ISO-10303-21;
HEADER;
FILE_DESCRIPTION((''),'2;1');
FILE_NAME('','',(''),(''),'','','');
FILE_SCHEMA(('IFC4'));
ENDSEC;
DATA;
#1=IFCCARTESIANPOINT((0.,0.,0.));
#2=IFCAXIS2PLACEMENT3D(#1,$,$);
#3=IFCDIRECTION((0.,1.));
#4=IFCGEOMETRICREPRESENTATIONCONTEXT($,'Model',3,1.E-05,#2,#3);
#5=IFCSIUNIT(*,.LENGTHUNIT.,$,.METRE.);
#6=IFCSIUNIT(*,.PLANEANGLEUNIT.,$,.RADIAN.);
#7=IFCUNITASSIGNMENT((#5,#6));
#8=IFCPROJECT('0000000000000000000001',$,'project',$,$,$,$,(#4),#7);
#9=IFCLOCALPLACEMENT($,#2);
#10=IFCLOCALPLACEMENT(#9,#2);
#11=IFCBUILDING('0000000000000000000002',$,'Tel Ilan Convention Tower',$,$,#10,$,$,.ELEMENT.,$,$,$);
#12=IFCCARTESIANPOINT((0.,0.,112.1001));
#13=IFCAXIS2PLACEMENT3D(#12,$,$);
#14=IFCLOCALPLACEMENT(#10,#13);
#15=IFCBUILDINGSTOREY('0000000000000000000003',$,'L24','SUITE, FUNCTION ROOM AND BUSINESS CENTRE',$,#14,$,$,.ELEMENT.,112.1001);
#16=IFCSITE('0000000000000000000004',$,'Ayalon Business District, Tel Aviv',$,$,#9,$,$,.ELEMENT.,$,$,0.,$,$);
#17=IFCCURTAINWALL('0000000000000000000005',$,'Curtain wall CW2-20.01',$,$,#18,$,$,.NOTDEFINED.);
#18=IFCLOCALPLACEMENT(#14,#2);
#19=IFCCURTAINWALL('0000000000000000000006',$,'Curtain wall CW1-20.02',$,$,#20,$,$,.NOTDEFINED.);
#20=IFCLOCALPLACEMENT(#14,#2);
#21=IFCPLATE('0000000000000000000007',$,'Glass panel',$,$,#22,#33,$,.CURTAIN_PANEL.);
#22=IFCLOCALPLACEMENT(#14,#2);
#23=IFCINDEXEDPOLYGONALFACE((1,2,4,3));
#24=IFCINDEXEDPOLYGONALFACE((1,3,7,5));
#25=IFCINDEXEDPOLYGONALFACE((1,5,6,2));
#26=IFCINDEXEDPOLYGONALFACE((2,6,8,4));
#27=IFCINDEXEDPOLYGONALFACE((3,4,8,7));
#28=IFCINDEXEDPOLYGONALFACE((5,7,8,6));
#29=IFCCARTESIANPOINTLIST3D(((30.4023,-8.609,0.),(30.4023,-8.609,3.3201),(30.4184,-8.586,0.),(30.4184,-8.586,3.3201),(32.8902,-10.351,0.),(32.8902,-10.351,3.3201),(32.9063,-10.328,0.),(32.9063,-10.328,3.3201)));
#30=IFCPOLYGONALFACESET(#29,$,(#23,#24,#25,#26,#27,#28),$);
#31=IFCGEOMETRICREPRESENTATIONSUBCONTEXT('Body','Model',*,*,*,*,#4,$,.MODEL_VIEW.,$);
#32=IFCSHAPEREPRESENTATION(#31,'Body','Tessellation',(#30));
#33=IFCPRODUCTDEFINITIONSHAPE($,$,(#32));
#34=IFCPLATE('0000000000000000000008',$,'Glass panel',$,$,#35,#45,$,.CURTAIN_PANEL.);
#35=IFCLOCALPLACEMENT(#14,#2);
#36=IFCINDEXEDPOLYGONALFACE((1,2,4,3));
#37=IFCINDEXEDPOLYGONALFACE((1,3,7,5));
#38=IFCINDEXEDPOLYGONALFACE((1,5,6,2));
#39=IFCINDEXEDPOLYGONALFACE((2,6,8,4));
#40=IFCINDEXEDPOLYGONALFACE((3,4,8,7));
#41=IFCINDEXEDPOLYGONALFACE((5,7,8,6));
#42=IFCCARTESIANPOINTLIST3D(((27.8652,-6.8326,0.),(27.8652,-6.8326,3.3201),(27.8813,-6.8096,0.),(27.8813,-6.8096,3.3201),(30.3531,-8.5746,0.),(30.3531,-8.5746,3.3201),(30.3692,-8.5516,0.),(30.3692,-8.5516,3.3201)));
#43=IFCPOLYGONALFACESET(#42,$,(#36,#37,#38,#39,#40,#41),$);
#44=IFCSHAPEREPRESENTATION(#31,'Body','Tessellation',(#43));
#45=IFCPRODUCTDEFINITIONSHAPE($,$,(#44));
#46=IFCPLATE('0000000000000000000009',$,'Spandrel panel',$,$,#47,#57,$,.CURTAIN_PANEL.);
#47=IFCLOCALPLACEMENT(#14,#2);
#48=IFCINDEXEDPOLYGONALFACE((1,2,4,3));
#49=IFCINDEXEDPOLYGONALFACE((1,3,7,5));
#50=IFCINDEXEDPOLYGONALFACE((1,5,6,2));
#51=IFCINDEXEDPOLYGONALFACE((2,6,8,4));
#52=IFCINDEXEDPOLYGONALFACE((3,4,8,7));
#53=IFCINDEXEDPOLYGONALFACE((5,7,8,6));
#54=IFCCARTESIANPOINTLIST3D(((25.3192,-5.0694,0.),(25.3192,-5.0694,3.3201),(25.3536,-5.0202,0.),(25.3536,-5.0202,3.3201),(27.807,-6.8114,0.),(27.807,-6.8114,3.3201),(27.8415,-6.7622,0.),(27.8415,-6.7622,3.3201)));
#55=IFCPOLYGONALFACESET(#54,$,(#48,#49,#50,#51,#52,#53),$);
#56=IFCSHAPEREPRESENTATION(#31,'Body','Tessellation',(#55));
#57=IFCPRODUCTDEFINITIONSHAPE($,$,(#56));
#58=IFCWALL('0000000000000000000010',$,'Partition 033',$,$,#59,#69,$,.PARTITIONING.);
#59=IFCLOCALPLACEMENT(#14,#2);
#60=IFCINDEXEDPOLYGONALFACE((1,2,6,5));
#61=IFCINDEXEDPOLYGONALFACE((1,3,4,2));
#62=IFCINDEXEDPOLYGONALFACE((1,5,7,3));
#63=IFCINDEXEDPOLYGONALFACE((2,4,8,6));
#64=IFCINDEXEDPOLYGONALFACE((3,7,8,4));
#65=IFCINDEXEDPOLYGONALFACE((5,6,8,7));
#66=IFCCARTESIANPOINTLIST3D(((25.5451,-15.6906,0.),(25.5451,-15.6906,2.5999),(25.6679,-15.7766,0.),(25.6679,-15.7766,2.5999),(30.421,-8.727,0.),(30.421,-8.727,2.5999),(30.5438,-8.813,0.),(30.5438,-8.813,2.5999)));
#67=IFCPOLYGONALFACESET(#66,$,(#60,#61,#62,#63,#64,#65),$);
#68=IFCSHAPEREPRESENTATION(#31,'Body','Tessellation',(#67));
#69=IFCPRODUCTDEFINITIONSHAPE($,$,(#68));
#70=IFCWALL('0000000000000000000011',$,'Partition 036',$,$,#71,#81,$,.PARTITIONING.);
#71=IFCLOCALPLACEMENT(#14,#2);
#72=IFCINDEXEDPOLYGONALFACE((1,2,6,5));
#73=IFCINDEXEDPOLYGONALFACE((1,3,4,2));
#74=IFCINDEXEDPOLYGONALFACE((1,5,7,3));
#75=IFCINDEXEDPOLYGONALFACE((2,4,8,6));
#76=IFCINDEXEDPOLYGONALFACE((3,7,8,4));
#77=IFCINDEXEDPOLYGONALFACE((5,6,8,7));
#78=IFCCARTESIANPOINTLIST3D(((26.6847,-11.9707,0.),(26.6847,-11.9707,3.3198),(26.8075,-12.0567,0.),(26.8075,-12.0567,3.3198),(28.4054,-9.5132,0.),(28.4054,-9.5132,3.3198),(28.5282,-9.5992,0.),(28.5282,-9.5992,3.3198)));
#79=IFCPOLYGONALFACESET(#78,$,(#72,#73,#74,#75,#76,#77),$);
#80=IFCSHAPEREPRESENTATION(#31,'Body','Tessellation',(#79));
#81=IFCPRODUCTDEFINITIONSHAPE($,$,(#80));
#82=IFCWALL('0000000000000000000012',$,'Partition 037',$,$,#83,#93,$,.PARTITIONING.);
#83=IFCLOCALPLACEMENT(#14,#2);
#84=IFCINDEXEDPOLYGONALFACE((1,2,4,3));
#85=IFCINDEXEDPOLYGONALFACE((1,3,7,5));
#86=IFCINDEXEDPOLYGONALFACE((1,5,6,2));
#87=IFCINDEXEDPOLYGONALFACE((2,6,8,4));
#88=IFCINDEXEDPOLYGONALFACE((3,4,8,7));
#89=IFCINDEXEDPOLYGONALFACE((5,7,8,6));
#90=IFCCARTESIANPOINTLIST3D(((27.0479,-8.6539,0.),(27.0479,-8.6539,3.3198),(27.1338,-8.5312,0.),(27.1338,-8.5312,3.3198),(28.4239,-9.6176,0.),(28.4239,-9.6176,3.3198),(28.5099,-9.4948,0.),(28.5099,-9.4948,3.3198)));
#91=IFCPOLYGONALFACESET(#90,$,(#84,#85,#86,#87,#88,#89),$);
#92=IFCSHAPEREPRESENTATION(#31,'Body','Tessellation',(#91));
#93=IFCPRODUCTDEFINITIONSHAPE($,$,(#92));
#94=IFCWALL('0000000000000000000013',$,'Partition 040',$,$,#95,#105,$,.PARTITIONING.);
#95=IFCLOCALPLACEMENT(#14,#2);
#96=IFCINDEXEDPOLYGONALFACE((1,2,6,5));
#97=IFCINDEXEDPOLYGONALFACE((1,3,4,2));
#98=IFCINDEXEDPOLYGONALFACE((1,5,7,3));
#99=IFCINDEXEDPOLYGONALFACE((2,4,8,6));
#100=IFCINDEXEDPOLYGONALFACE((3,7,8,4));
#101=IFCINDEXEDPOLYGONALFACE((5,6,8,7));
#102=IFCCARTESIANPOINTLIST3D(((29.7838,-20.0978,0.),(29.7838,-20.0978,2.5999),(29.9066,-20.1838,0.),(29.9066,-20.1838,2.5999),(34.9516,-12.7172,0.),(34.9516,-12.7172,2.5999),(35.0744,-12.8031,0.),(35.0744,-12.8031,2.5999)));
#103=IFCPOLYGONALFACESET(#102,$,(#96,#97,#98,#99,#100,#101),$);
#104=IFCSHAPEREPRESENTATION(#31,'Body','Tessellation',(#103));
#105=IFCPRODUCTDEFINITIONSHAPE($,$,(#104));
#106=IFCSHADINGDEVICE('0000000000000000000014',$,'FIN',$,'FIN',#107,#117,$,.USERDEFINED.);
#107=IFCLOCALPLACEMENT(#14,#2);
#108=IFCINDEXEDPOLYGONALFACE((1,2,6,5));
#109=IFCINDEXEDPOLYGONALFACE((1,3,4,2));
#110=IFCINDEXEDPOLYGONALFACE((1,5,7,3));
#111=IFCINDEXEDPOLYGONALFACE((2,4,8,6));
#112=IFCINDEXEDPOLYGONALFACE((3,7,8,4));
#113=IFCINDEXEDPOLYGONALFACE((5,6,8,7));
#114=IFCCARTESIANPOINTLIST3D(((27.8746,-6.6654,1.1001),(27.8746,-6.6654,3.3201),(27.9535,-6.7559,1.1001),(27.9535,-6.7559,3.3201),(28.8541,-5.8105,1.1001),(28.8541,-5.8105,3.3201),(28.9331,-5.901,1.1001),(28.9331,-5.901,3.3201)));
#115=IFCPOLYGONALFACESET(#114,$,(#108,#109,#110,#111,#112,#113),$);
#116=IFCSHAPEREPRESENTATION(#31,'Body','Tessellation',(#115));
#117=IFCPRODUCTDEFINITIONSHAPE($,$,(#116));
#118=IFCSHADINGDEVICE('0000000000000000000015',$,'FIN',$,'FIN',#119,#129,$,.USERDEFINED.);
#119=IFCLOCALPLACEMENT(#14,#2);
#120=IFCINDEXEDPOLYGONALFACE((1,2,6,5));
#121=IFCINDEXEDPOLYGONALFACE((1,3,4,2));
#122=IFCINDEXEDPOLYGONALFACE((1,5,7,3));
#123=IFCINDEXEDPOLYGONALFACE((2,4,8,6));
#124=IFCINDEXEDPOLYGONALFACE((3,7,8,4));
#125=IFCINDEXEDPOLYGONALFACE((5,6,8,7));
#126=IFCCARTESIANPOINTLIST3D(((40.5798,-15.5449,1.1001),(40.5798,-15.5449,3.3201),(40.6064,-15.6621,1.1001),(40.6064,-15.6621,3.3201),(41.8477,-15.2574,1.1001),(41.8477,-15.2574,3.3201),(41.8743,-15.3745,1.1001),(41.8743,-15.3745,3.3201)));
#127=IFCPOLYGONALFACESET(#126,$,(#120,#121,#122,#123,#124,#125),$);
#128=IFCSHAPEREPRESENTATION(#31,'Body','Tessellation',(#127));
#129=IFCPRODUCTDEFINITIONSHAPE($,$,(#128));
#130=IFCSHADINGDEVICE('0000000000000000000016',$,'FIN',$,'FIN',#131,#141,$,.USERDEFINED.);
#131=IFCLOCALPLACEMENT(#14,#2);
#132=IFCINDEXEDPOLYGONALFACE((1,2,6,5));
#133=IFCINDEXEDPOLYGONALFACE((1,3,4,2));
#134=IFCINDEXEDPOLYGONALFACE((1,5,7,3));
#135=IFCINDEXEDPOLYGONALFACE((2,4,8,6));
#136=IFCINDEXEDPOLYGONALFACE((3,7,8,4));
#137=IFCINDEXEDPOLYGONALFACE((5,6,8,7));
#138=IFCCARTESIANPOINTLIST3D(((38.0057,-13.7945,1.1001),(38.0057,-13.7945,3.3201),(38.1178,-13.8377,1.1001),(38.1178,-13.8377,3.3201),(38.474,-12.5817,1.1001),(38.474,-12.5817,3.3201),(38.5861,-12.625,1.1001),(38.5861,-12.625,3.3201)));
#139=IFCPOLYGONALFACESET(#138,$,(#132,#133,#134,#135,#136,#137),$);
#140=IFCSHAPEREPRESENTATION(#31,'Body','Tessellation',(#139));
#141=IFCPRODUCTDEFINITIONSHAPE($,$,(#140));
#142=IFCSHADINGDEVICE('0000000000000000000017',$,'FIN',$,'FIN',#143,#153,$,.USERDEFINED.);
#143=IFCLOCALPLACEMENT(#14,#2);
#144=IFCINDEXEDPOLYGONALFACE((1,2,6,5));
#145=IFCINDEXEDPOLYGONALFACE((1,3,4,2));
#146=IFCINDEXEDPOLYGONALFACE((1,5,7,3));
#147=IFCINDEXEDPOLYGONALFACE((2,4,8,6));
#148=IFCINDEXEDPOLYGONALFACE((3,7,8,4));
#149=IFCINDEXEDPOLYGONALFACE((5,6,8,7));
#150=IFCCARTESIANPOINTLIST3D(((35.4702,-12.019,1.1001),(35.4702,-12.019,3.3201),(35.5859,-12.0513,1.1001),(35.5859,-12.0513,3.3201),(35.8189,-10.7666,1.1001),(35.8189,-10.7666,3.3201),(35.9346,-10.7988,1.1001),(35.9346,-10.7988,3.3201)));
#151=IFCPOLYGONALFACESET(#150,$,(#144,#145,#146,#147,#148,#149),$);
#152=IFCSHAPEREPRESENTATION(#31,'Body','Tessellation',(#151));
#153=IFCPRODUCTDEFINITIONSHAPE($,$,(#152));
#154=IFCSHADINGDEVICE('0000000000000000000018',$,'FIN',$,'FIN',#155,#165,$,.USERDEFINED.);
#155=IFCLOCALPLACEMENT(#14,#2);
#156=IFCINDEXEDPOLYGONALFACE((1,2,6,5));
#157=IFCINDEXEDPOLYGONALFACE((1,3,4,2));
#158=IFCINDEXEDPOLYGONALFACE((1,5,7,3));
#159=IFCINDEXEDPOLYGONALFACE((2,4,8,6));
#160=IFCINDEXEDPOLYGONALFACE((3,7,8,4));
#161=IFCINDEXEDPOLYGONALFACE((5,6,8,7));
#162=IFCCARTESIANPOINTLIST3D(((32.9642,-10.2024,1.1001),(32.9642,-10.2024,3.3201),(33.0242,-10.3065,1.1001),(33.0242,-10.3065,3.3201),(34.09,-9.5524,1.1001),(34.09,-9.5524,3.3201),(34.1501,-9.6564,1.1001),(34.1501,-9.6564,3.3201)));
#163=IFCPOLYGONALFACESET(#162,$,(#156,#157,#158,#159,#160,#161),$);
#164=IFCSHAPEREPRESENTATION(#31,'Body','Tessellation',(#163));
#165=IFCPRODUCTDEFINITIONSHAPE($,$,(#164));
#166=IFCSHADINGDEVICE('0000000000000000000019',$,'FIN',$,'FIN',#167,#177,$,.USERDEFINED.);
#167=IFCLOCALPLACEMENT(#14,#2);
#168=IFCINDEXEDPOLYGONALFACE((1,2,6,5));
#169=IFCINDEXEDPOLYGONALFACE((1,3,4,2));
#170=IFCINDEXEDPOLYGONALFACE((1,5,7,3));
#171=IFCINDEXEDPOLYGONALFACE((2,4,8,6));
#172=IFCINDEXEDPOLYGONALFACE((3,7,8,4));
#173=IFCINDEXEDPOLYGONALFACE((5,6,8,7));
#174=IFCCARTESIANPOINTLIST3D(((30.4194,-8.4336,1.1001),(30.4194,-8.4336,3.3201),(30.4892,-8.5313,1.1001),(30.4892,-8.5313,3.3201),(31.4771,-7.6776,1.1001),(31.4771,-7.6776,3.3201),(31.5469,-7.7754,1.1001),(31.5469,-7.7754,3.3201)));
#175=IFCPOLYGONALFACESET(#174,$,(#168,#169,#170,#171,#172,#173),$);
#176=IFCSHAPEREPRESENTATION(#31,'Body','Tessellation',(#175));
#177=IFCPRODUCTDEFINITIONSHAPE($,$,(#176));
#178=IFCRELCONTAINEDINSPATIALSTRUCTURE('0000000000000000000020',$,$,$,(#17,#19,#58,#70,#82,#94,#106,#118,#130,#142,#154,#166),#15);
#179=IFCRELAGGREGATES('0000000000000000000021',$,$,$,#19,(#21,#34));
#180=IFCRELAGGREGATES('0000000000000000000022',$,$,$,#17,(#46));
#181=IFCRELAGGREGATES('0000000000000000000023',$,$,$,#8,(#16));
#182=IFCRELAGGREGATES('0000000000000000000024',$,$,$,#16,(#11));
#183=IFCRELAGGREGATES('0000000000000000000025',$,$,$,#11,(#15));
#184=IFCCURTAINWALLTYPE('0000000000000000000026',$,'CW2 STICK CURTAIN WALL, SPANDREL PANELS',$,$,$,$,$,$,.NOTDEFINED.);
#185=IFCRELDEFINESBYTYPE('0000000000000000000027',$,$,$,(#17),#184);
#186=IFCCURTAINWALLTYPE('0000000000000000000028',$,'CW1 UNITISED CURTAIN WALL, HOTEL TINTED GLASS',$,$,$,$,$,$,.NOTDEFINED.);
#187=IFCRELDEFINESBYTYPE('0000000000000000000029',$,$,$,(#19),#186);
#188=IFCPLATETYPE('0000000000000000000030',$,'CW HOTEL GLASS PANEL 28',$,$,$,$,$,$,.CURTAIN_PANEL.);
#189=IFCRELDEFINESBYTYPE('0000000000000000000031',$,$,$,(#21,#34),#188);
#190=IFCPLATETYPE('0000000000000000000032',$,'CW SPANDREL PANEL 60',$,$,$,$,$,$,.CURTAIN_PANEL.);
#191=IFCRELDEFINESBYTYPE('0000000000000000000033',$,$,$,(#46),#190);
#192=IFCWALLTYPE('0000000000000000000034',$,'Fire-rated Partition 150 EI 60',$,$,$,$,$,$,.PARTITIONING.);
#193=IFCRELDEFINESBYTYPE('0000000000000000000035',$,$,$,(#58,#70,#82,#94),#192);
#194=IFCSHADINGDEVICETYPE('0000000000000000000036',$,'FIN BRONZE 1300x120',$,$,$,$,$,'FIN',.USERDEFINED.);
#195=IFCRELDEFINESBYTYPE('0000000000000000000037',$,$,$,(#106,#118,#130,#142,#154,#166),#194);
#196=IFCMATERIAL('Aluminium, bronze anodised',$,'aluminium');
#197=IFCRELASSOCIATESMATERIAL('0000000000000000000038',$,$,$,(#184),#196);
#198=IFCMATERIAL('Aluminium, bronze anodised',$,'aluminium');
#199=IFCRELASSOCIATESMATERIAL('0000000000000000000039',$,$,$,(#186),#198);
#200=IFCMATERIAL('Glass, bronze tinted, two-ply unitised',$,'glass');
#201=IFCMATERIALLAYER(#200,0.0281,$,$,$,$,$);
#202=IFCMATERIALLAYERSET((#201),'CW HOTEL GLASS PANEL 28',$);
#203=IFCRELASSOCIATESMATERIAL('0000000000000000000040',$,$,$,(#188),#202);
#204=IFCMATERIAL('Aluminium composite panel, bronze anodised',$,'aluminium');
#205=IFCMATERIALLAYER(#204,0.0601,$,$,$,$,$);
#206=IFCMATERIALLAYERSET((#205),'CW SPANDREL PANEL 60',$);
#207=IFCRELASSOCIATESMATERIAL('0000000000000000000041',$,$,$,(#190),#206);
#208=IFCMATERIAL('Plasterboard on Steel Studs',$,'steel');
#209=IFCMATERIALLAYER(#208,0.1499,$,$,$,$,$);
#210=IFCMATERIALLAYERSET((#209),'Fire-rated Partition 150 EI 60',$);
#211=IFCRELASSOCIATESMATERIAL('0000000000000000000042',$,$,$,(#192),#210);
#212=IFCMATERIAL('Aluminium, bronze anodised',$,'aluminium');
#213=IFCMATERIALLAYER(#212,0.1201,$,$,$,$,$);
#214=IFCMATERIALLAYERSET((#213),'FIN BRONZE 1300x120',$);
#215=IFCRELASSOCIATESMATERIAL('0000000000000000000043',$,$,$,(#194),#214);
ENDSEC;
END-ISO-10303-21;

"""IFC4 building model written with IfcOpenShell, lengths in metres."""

from ifc_helpers import new_model, si_unit, direction, frame, frame_2d, origin, origin_2d, place, context, subcontext, project, spatial, rectangle, extrude, material, layer, layer_set, type_object, element, aggregate, save


model = new_model("IFC4")

# Units and contexts
model_context = context("Model", 3, precision=1e-05, world=origin(), true_north=direction((0.0, 1.0)))
body_context = subcontext(model_context, "Body", "Model", "MODEL_VIEW")
ifc_project = project(units=[si_unit("LENGTHUNIT", "METRE"), si_unit("PLANEANGLEUNIT", "RADIAN")], contexts=[model_context])

# Site, building, storey
site_placement = place(None, origin())
site = spatial("IfcSite", under=ifc_project, at=site_placement, Name="Ayalon Business District, Tel Aviv", CompositionType="ELEMENT", RefElevation=0.0)
building_placement = place(site_placement, origin())
building = spatial("IfcBuilding", under=site, at=building_placement, Name="Tel Ilan Convention Tower", CompositionType="ELEMENT")
storey_placement = place(building_placement, frame((0.0, 0.0, 112.1001)))
storey = spatial("IfcBuildingStorey", under=building, at=storey_placement, Name="L24", Description="SUITE, FUNCTION ROOM AND BUSINESS CENTRE", CompositionType="ELEMENT", Elevation=112.1001)

# Curtain walls
ifc_material_1 = material(Name="Aluminium, bronze anodised", Category="aluminium")
curtain_wall_type_1 = type_object("IfcCurtainWallType", Name="CW2 STICK CURTAIN WALL, SPANDREL PANELS", PredefinedType="NOTDEFINED", material=ifc_material_1)
curtain_wall_1_placement = place(storey_placement, origin())
curtain_wall_1 = element("IfcCurtainWall", 1, at=curtain_wall_1_placement, inside=storey, type_object=curtain_wall_type_1, Name="Curtain wall CW2-20.01", PredefinedType="NOTDEFINED")
ifc_material_2 = material(Name="Aluminium, bronze anodised", Category="aluminium")
curtain_wall_type_2 = type_object("IfcCurtainWallType", Name="CW1 UNITISED CURTAIN WALL, HOTEL TINTED GLASS", PredefinedType="NOTDEFINED", material=ifc_material_2)
curtain_wall_2_placement = place(storey_placement, origin())
curtain_wall_2 = element("IfcCurtainWall", 2, at=curtain_wall_2_placement, inside=storey, type_object=curtain_wall_type_2, Name="Curtain wall CW1-20.02", PredefinedType="NOTDEFINED")

# Plates
ifc_material_3 = material(Name="Glass, bronze tinted, two-ply unitised", Category="glass")
ifc_layer_1 = layer(ifc_material_3, 0.0281)
ifc_layer_set_1 = layer_set([ifc_layer_1], Name="CW HOTEL GLASS PANEL 28")
plate_type_1 = type_object("IfcPlateType", Name="CW HOTEL GLASS PANEL 28", PredefinedType="CURTAIN_PANEL", material=ifc_layer_set_1)
plate_1_placement = place(storey_placement, frame((31.6543, -9.4685, 0.0), z_axis=(0.0, 0.0, 1.0), x_axis=(-0.819152, 0.573576, 0.0)))
plate_1 = element("IfcPlate", 3, at=plate_1_placement, type_object=plate_type_1, Name="Glass panel", PredefinedType="CURTAIN_PANEL", context=body_context, shape_type="SweptSolid", body=[
    extrude(rectangle(XDim=3.0371, YDim=0.0281, at=origin_2d()), origin(), (0.0, 0.0, 1.0), 3.3201),
])
plate_2_placement = place(storey_placement, frame((29.1172, -7.6921, 0.0), z_axis=(0.0, 0.0, 1.0), x_axis=(-0.819152, 0.573576, 0.0)))
plate_2 = element("IfcPlate", 4, at=plate_2_placement, type_object=plate_type_1, Name="Glass panel", PredefinedType="CURTAIN_PANEL", context=body_context, shape_type="SweptSolid", body=[
    extrude(rectangle(XDim=3.0371, YDim=0.0281, at=origin_2d()), origin(), (0.0, 0.0, 1.0), 3.3201),
])
aggregate(curtain_wall_2, [plate_1, plate_2])
ifc_material_4 = material(Name="Aluminium composite panel, bronze anodised", Category="aluminium")
ifc_layer_2 = layer(ifc_material_4, 0.0601)
ifc_layer_set_2 = layer_set([ifc_layer_2], Name="CW SPANDREL PANEL 60")
plate_type_2 = type_object("IfcPlateType", Name="CW SPANDREL PANEL 60", PredefinedType="CURTAIN_PANEL", material=ifc_layer_set_2)
plate_3_placement = place(storey_placement, frame((26.5803, -5.9158, 0.0), z_axis=(0.0, 0.0, 1.0), x_axis=(-0.819152, 0.573576, 0.0)))
plate_3 = element("IfcPlate", 5, at=plate_3_placement, type_object=plate_type_2, Name="Spandrel panel", PredefinedType="CURTAIN_PANEL", context=body_context, shape_type="SweptSolid", body=[
    extrude(rectangle(XDim=3.0371, YDim=0.0601, at=origin_2d()), origin(), (0.0, 0.0, 1.0), 3.3201),
])
aggregate(curtain_wall_1, [plate_3])

# Walls
ifc_material_5 = material(Name="Plasterboard on Steel Studs", Category="steel")
ifc_layer_3 = layer(ifc_material_5, 0.1499)
ifc_layer_set_3 = layer_set([ifc_layer_3], Name="Fire-rated Partition 150 EI 60")
wall_type = type_object("IfcWallType", Name="Fire-rated Partition 150 EI 60", PredefinedType="PARTITIONING", material=ifc_layer_set_3)
wall_1_placement = place(storey_placement, frame((30.4824, -8.77, 0.0), z_axis=(0.0, 0.0, 1.0), x_axis=(-0.573576, -0.819152, 0.0)))
element("IfcWall", 6, at=wall_1_placement, inside=storey, type_object=wall_type, Name="Partition 033", PredefinedType="PARTITIONING", context=body_context, shape_type="SweptSolid", body=[
    extrude(rectangle(XDim=8.501, YDim=0.1499, at=frame_2d((4.2505, 0.0))), origin(), (0.0, 0.0, 1.0), 2.5999),
])
wall_2_placement = place(storey_placement, frame((26.7461, -12.0137, 0.0), z_axis=(0.0, 0.0, 1.0), x_axis=(0.573561, 0.819163, 0.0)))
element("IfcWall", 7, at=wall_2_placement, inside=storey, type_object=wall_type, Name="Partition 036", PredefinedType="PARTITIONING", context=body_context, shape_type="SweptSolid", body=[
    extrude(rectangle(XDim=3.0, YDim=0.1499, at=frame_2d((1.5, 0.0))), origin(), (0.0, 0.0, 1.0), 3.3198),
])
wall_3_placement = place(storey_placement, frame((28.4668, -9.5562, 0.0), z_axis=(0.0, 0.0, 1.0), x_axis=(-0.819109, 0.573638, 0.0)))
element("IfcWall", 8, at=wall_3_placement, inside=storey, type_object=wall_type, Name="Partition 037", PredefinedType="PARTITIONING", context=body_context, shape_type="SweptSolid", body=[
    extrude(rectangle(XDim=1.6799, YDim=0.1499, at=frame_2d((0.8398, 0.0))), origin(), (0.0, 0.0, 1.0), 3.3198),
])
wall_4_placement = place(storey_placement, frame((35.0129, -12.7603, 0.0), z_axis=(0.0, 0.0, 1.0), x_axis=(-0.573559, -0.819164, 0.0)))
element("IfcWall", 9, at=wall_4_placement, inside=storey, type_object=wall_type, Name="Partition 040", PredefinedType="PARTITIONING", context=body_context, shape_type="SweptSolid", body=[
    extrude(rectangle(XDim=9.01, YDim=0.1499, at=frame_2d((4.5049, 0.0))), origin(), (0.0, 0.0, 1.0), 2.5999),
])

# Shading devices
ifc_material_6 = material(Name="Aluminium, bronze anodised", Category="aluminium")
ifc_layer_4 = layer(ifc_material_6, 0.1201)
ifc_layer_set_4 = layer_set([ifc_layer_4], Name="FIN BRONZE 1300x120")
shading_device_type = type_object("IfcShadingDeviceType", Name="FIN BRONZE 1300x120", ElementType="FIN", PredefinedType="USERDEFINED", material=ifc_layer_set_4)
for number, where, z_axis, x_axis, name in (
    (10, (28.4038, -6.2832, 1.1001), (0.0, 0.0, 1.0), (0.753436, 0.657521, 0.0), "FIN"),
    (11, (41.2271, -15.4597, 1.1001), (0.0, 0.0, 1.0), (0.975235, 0.22117, 0.0), "FIN"),
    (12, (38.2959, -13.2097, 1.1001), (0.0, 0.0, 1.0), (0.360178, 0.932884, 0.0), "FIN"),
    (13, (35.7024, -11.4089, 1.1001), (0.0, 0.0, 1.0), (0.268173, 0.963371, 0.0), "FIN"),
    (14, (33.5571, -9.9294, 1.1001), (0.0, 0.0, 1.0), (0.866025, 0.5, 0.0), "FIN"),
    (15, (30.9832, -8.1045, 1.1001), (0.0, 0.0, 1.0), (0.813552, 0.581492, 0.0), "FIN"),
):
    element("IfcShadingDevice", number, at=place(storey_placement, frame(where, z_axis=z_axis, x_axis=x_axis)), inside=storey, type_object=shading_device_type, Name=name, ObjectType="FIN", PredefinedType="USERDEFINED", context=body_context, shape_type="SweptSolid", body=[
        extrude(rectangle(XDim=1.3, YDim=0.1201, at=origin_2d()), origin(), (0.0, 0.0, 1.0), 2.22),
    ])

save(model, "model.ifc")
